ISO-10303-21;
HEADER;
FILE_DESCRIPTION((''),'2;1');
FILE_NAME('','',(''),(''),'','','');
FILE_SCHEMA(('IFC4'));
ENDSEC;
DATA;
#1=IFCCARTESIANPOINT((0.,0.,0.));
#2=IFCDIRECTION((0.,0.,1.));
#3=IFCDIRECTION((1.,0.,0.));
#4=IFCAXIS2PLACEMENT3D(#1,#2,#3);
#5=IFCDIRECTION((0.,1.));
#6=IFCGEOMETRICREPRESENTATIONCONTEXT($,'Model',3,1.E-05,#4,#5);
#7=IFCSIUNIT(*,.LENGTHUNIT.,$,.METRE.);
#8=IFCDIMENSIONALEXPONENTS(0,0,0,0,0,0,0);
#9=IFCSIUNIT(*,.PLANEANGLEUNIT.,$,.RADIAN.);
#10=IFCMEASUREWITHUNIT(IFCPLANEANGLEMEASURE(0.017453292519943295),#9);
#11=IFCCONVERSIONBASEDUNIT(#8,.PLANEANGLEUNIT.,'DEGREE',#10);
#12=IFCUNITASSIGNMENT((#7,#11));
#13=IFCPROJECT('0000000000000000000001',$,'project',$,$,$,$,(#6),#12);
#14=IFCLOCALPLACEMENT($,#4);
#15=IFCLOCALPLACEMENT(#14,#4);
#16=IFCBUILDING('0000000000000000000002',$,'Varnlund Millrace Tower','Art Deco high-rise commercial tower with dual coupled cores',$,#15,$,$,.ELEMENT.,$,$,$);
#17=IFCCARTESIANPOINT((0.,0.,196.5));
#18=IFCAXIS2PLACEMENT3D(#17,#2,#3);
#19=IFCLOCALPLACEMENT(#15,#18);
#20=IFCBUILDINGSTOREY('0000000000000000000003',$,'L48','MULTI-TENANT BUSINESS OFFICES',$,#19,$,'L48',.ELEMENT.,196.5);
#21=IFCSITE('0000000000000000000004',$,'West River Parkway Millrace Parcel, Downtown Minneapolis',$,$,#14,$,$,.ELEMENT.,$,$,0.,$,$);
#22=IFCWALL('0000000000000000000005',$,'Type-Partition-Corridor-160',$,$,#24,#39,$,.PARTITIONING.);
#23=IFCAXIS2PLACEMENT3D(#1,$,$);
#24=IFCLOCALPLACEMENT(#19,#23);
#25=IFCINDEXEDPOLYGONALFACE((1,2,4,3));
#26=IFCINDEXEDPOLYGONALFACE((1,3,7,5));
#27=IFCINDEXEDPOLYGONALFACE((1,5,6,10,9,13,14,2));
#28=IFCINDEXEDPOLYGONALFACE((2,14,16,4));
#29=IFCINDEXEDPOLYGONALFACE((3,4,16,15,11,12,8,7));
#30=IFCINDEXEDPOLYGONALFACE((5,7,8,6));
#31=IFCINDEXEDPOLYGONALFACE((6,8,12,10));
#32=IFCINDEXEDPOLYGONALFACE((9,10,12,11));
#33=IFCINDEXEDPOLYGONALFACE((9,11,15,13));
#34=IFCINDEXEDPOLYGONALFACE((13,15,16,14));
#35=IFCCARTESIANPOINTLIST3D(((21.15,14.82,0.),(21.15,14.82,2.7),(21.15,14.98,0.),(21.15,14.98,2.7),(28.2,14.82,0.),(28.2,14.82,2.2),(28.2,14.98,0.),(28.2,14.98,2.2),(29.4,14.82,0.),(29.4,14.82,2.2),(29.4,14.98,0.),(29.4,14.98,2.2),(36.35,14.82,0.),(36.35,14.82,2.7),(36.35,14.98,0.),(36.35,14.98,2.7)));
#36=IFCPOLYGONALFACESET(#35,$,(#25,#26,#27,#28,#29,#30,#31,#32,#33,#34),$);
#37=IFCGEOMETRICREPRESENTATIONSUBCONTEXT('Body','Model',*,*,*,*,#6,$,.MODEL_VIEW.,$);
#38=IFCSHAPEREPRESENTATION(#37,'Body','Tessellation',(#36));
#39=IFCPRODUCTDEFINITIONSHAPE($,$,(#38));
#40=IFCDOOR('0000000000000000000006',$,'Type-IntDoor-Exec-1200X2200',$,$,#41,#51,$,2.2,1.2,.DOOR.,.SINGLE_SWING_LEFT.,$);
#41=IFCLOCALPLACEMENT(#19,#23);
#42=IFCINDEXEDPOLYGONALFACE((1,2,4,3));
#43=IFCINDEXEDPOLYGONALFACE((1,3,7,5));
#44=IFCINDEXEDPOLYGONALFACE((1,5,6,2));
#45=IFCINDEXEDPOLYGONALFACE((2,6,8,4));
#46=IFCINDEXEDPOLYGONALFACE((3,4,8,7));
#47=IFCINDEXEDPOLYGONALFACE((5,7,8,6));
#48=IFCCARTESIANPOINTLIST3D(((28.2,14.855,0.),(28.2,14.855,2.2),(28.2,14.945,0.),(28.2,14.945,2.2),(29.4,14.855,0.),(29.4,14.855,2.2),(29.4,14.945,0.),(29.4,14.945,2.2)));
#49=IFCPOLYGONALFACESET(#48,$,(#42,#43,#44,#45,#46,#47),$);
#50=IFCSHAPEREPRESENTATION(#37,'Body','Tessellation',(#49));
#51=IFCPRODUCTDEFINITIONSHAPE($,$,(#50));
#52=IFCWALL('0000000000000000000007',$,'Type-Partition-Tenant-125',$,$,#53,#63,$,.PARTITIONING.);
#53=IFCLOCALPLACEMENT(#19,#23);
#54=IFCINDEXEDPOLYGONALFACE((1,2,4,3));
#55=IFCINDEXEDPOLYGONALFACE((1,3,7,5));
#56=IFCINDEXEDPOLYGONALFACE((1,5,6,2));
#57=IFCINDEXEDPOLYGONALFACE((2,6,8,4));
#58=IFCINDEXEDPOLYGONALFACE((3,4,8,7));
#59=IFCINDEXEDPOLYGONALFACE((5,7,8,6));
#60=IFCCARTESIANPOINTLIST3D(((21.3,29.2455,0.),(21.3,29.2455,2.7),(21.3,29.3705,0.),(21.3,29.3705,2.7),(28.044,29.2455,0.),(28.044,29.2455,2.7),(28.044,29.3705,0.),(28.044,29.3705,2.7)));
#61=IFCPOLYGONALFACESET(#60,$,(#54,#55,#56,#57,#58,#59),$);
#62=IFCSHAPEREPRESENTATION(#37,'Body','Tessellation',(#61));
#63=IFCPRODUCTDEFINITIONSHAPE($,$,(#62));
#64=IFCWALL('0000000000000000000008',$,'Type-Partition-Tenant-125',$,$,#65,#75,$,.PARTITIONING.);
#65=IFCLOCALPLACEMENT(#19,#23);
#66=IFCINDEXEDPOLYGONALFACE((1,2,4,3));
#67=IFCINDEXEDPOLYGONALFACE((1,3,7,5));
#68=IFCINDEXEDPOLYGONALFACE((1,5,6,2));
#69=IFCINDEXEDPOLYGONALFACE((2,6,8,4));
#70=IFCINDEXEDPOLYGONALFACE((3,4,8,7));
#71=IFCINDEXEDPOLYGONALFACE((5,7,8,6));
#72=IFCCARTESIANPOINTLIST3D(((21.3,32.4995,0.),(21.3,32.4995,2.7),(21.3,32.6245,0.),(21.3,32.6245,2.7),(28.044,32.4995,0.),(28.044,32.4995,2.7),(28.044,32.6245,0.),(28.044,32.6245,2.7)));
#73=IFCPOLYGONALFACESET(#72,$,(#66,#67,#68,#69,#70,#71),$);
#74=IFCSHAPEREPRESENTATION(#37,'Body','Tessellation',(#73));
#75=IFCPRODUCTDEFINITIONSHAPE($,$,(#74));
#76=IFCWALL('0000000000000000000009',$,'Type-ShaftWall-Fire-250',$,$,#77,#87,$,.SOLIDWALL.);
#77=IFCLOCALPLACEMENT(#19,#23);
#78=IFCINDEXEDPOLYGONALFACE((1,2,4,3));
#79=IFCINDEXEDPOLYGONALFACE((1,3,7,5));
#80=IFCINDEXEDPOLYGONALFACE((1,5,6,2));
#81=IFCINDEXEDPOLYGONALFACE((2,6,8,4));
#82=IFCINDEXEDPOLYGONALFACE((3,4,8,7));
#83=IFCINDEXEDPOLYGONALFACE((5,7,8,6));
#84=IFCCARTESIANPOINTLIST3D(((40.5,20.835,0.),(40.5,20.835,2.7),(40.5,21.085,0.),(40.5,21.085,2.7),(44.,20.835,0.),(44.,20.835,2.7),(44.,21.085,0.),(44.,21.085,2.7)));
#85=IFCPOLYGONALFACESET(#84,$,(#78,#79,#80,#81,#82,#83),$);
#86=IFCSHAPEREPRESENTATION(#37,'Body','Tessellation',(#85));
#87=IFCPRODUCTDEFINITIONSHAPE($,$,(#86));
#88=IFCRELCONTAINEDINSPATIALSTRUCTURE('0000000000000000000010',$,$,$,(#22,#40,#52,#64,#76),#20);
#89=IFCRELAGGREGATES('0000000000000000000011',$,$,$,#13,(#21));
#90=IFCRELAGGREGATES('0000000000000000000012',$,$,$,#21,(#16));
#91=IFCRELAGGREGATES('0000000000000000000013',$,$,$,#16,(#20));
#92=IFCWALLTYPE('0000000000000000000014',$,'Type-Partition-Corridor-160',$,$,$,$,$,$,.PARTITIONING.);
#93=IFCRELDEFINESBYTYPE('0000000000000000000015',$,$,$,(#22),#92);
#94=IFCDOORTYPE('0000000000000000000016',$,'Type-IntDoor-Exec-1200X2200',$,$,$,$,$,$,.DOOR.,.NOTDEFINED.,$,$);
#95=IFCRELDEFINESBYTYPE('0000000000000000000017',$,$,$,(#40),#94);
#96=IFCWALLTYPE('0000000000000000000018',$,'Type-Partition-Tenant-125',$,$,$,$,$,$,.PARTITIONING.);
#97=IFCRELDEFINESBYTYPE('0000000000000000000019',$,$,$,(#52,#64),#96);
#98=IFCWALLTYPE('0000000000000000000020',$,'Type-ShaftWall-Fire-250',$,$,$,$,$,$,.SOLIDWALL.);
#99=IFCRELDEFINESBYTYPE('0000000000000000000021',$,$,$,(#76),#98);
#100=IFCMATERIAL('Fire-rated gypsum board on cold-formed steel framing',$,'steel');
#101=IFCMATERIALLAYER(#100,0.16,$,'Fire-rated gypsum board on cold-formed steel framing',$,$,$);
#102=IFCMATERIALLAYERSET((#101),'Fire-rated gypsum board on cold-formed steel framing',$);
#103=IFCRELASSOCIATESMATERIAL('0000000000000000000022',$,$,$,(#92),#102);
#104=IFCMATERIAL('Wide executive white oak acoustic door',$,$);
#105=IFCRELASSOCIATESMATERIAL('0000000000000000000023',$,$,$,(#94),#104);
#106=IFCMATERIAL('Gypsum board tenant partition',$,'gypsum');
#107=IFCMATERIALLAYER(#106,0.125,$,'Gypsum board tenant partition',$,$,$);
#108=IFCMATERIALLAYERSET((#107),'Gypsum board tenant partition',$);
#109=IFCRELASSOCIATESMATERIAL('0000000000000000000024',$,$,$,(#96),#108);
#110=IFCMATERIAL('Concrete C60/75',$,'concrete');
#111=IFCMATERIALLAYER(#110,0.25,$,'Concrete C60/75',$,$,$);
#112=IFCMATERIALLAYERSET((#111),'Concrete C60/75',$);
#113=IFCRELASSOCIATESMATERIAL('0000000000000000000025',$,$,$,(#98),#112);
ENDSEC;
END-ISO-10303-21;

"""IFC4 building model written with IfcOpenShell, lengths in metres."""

from ifc_helpers import new_model, entity, si_unit, converted_unit, direction, frame, origin_with_axes, origin_2d_with_axis, place, context, subcontext, project, spatial, polyline, rectangle, outline, extrude, material, layer, layer_set, type_object, element, fill, save


model = new_model("IFC4")

# Units and contexts
model_context = context("Model", 3, precision=1e-05, world=origin_with_axes(), true_north=direction((0.0, 1.0)))
body_context = subcontext(model_context, "Body", "Model", "MODEL_VIEW")
ifc_project = project(units=[si_unit("LENGTHUNIT", "METRE"), converted_unit("PLANEANGLEUNIT", "DEGREE", entity("IfcPlaneAngleMeasure", 0.017453292519943295), si_unit("PLANEANGLEUNIT", "RADIAN"), dimensions=[0, 0, 0, 0, 0, 0, 0])], contexts=[model_context])

# Site, building, storey
site_placement = place(None, origin_with_axes())
site = spatial("IfcSite", under=ifc_project, at=site_placement, Name="West River Parkway Millrace Parcel, Downtown Minneapolis", CompositionType="ELEMENT", RefElevation=0.0)
building_placement = place(site_placement, origin_with_axes())
building = spatial("IfcBuilding", under=site, at=building_placement, Name="Varnlund Millrace Tower", Description="Art Deco high-rise commercial tower with dual coupled cores", CompositionType="ELEMENT")
storey_placement = place(building_placement, frame((0.0, 0.0, 196.5), z_axis=(0.0, 0.0, 1.0), x_axis=(1.0, 0.0, 0.0)))
storey = spatial("IfcBuildingStorey", under=building, at=storey_placement, Name="L48", Description="MULTI-TENANT BUSINESS OFFICES", LongName="L48", CompositionType="ELEMENT", Elevation=196.5)

# Wall, opening, door
ifc_material_1 = material(Name="Fire-rated gypsum board on cold-formed steel framing", Category="steel")
ifc_layer_1 = layer(ifc_material_1, 0.16, Name="Fire-rated gypsum board on cold-formed steel framing")
ifc_layer_set_1 = layer_set([ifc_layer_1], Name="Fire-rated gypsum board on cold-formed steel framing")
wall_type_1 = type_object("IfcWallType", Name="Type-Partition-Corridor-160", PredefinedType="PARTITIONING", material=ifc_layer_set_1)
wall_1_placement = place(storey_placement, frame((21.15, 14.9, 0.0), z_axis=(0.0, 0.0, 1.0), x_axis=(1.0, 0.0, 0.0)))
wall_1 = element("IfcWall", 1, at=wall_1_placement, inside=storey, type_object=wall_type_1, Name="Type-Partition-Corridor-160", PredefinedType="PARTITIONING", context=body_context, shape_type="SweptSolid", body=[
    extrude(outline(polyline([(0.0, -0.08), (15.2, -0.08), (15.2, 0.08), (0.0, 0.08), (0.0, -0.08)])), origin_with_axes(), (0.0, 0.0, 1.0), 2.7),
])
opening_placement = place(wall_1_placement, frame((7.65, 0.0, 0.0), z_axis=(0.0, 0.0, 1.0), x_axis=(1.0, 0.0, 0.0)))
opening = element("IfcOpeningElement", 2, at=opening_placement, cuts=wall_1, PredefinedType="OPENING", context=body_context, shape_type="SweptSolid", body=[
    extrude(rectangle(XDim=1.2, YDim=0.18, at=origin_2d_with_axis()), origin_with_axes(), (0.0, 0.0, 1.0), 2.2),
])
ifc_material_2 = material(Name="Wide executive white oak acoustic door")
door_type = type_object("IfcDoorType", Name="Type-IntDoor-Exec-1200X2200", OperationType="NOTDEFINED", PredefinedType="DOOR", material=ifc_material_2)
door_placement = place(wall_1_placement, frame((7.65, 0.0, 0.0), z_axis=(0.0, 0.0, 1.0), x_axis=(1.0, 0.0, 0.0)))
door = element("IfcDoor", 3, at=door_placement, inside=storey, type_object=door_type, Name="Type-IntDoor-Exec-1200X2200", OperationType="SINGLE_SWING_LEFT", OverallHeight=2.2, OverallWidth=1.2, PredefinedType="DOOR", context=body_context, shape_type="SweptSolid", body=[
    extrude(rectangle(XDim=1.2, YDim=0.09, at=origin_2d_with_axis()), origin_with_axes(), (0.0, 0.0, 1.0), 2.2),
])
fill(opening, door)

# Walls
ifc_material_3 = material(Name="Gypsum board tenant partition", Category="gypsum")
ifc_layer_2 = layer(ifc_material_3, 0.125, Name="Gypsum board tenant partition")
ifc_layer_set_2 = layer_set([ifc_layer_2], Name="Gypsum board tenant partition")
wall_type_2 = type_object("IfcWallType", Name="Type-Partition-Tenant-125", PredefinedType="PARTITIONING", material=ifc_layer_set_2)
for number, where, z_axis, x_axis, name in (
    (4, (21.3, 29.308, 0.0), (0.0, 0.0, 1.0), (1.0, 0.0, 0.0), "Type-Partition-Tenant-125"),
    (5, (21.3, 32.562, 0.0), (0.0, 0.0, 1.0), (1.0, 0.0, 0.0), "Type-Partition-Tenant-125"),
):
    element("IfcWall", number, at=place(storey_placement, frame(where, z_axis=z_axis, x_axis=x_axis)), inside=storey, type_object=wall_type_2, Name=name, PredefinedType="PARTITIONING", context=body_context, shape_type="SweptSolid", body=[
        extrude(outline(polyline([(0.0, -0.0625), (6.744, -0.0625), (6.744, 0.0625), (0.0, 0.0625), (0.0, -0.0625)])), origin_with_axes(), (0.0, 0.0, 1.0), 2.7),
    ])
ifc_material_4 = material(Name="Concrete C60/75", Category="concrete")
ifc_layer_3 = layer(ifc_material_4, 0.25, Name="Concrete C60/75")
ifc_layer_set_3 = layer_set([ifc_layer_3], Name="Concrete C60/75")
wall_type_3 = type_object("IfcWallType", Name="Type-ShaftWall-Fire-250", PredefinedType="SOLIDWALL", material=ifc_layer_set_3)
wall_2_placement = place(storey_placement, frame((40.5, 20.96, 0.0), z_axis=(0.0, 0.0, 1.0), x_axis=(1.0, 0.0, 0.0)))
element("IfcWall", 6, at=wall_2_placement, inside=storey, type_object=wall_type_3, Name="Type-ShaftWall-Fire-250", PredefinedType="SOLIDWALL", context=body_context, shape_type="SweptSolid", body=[
    extrude(outline(polyline([(0.0, -0.125), (3.5, -0.125), (3.5, 0.125), (0.0, 0.125), (0.0, -0.125)])), origin_with_axes(), (0.0, 0.0, 1.0), 2.7),
])

save(model, "model.ifc")
